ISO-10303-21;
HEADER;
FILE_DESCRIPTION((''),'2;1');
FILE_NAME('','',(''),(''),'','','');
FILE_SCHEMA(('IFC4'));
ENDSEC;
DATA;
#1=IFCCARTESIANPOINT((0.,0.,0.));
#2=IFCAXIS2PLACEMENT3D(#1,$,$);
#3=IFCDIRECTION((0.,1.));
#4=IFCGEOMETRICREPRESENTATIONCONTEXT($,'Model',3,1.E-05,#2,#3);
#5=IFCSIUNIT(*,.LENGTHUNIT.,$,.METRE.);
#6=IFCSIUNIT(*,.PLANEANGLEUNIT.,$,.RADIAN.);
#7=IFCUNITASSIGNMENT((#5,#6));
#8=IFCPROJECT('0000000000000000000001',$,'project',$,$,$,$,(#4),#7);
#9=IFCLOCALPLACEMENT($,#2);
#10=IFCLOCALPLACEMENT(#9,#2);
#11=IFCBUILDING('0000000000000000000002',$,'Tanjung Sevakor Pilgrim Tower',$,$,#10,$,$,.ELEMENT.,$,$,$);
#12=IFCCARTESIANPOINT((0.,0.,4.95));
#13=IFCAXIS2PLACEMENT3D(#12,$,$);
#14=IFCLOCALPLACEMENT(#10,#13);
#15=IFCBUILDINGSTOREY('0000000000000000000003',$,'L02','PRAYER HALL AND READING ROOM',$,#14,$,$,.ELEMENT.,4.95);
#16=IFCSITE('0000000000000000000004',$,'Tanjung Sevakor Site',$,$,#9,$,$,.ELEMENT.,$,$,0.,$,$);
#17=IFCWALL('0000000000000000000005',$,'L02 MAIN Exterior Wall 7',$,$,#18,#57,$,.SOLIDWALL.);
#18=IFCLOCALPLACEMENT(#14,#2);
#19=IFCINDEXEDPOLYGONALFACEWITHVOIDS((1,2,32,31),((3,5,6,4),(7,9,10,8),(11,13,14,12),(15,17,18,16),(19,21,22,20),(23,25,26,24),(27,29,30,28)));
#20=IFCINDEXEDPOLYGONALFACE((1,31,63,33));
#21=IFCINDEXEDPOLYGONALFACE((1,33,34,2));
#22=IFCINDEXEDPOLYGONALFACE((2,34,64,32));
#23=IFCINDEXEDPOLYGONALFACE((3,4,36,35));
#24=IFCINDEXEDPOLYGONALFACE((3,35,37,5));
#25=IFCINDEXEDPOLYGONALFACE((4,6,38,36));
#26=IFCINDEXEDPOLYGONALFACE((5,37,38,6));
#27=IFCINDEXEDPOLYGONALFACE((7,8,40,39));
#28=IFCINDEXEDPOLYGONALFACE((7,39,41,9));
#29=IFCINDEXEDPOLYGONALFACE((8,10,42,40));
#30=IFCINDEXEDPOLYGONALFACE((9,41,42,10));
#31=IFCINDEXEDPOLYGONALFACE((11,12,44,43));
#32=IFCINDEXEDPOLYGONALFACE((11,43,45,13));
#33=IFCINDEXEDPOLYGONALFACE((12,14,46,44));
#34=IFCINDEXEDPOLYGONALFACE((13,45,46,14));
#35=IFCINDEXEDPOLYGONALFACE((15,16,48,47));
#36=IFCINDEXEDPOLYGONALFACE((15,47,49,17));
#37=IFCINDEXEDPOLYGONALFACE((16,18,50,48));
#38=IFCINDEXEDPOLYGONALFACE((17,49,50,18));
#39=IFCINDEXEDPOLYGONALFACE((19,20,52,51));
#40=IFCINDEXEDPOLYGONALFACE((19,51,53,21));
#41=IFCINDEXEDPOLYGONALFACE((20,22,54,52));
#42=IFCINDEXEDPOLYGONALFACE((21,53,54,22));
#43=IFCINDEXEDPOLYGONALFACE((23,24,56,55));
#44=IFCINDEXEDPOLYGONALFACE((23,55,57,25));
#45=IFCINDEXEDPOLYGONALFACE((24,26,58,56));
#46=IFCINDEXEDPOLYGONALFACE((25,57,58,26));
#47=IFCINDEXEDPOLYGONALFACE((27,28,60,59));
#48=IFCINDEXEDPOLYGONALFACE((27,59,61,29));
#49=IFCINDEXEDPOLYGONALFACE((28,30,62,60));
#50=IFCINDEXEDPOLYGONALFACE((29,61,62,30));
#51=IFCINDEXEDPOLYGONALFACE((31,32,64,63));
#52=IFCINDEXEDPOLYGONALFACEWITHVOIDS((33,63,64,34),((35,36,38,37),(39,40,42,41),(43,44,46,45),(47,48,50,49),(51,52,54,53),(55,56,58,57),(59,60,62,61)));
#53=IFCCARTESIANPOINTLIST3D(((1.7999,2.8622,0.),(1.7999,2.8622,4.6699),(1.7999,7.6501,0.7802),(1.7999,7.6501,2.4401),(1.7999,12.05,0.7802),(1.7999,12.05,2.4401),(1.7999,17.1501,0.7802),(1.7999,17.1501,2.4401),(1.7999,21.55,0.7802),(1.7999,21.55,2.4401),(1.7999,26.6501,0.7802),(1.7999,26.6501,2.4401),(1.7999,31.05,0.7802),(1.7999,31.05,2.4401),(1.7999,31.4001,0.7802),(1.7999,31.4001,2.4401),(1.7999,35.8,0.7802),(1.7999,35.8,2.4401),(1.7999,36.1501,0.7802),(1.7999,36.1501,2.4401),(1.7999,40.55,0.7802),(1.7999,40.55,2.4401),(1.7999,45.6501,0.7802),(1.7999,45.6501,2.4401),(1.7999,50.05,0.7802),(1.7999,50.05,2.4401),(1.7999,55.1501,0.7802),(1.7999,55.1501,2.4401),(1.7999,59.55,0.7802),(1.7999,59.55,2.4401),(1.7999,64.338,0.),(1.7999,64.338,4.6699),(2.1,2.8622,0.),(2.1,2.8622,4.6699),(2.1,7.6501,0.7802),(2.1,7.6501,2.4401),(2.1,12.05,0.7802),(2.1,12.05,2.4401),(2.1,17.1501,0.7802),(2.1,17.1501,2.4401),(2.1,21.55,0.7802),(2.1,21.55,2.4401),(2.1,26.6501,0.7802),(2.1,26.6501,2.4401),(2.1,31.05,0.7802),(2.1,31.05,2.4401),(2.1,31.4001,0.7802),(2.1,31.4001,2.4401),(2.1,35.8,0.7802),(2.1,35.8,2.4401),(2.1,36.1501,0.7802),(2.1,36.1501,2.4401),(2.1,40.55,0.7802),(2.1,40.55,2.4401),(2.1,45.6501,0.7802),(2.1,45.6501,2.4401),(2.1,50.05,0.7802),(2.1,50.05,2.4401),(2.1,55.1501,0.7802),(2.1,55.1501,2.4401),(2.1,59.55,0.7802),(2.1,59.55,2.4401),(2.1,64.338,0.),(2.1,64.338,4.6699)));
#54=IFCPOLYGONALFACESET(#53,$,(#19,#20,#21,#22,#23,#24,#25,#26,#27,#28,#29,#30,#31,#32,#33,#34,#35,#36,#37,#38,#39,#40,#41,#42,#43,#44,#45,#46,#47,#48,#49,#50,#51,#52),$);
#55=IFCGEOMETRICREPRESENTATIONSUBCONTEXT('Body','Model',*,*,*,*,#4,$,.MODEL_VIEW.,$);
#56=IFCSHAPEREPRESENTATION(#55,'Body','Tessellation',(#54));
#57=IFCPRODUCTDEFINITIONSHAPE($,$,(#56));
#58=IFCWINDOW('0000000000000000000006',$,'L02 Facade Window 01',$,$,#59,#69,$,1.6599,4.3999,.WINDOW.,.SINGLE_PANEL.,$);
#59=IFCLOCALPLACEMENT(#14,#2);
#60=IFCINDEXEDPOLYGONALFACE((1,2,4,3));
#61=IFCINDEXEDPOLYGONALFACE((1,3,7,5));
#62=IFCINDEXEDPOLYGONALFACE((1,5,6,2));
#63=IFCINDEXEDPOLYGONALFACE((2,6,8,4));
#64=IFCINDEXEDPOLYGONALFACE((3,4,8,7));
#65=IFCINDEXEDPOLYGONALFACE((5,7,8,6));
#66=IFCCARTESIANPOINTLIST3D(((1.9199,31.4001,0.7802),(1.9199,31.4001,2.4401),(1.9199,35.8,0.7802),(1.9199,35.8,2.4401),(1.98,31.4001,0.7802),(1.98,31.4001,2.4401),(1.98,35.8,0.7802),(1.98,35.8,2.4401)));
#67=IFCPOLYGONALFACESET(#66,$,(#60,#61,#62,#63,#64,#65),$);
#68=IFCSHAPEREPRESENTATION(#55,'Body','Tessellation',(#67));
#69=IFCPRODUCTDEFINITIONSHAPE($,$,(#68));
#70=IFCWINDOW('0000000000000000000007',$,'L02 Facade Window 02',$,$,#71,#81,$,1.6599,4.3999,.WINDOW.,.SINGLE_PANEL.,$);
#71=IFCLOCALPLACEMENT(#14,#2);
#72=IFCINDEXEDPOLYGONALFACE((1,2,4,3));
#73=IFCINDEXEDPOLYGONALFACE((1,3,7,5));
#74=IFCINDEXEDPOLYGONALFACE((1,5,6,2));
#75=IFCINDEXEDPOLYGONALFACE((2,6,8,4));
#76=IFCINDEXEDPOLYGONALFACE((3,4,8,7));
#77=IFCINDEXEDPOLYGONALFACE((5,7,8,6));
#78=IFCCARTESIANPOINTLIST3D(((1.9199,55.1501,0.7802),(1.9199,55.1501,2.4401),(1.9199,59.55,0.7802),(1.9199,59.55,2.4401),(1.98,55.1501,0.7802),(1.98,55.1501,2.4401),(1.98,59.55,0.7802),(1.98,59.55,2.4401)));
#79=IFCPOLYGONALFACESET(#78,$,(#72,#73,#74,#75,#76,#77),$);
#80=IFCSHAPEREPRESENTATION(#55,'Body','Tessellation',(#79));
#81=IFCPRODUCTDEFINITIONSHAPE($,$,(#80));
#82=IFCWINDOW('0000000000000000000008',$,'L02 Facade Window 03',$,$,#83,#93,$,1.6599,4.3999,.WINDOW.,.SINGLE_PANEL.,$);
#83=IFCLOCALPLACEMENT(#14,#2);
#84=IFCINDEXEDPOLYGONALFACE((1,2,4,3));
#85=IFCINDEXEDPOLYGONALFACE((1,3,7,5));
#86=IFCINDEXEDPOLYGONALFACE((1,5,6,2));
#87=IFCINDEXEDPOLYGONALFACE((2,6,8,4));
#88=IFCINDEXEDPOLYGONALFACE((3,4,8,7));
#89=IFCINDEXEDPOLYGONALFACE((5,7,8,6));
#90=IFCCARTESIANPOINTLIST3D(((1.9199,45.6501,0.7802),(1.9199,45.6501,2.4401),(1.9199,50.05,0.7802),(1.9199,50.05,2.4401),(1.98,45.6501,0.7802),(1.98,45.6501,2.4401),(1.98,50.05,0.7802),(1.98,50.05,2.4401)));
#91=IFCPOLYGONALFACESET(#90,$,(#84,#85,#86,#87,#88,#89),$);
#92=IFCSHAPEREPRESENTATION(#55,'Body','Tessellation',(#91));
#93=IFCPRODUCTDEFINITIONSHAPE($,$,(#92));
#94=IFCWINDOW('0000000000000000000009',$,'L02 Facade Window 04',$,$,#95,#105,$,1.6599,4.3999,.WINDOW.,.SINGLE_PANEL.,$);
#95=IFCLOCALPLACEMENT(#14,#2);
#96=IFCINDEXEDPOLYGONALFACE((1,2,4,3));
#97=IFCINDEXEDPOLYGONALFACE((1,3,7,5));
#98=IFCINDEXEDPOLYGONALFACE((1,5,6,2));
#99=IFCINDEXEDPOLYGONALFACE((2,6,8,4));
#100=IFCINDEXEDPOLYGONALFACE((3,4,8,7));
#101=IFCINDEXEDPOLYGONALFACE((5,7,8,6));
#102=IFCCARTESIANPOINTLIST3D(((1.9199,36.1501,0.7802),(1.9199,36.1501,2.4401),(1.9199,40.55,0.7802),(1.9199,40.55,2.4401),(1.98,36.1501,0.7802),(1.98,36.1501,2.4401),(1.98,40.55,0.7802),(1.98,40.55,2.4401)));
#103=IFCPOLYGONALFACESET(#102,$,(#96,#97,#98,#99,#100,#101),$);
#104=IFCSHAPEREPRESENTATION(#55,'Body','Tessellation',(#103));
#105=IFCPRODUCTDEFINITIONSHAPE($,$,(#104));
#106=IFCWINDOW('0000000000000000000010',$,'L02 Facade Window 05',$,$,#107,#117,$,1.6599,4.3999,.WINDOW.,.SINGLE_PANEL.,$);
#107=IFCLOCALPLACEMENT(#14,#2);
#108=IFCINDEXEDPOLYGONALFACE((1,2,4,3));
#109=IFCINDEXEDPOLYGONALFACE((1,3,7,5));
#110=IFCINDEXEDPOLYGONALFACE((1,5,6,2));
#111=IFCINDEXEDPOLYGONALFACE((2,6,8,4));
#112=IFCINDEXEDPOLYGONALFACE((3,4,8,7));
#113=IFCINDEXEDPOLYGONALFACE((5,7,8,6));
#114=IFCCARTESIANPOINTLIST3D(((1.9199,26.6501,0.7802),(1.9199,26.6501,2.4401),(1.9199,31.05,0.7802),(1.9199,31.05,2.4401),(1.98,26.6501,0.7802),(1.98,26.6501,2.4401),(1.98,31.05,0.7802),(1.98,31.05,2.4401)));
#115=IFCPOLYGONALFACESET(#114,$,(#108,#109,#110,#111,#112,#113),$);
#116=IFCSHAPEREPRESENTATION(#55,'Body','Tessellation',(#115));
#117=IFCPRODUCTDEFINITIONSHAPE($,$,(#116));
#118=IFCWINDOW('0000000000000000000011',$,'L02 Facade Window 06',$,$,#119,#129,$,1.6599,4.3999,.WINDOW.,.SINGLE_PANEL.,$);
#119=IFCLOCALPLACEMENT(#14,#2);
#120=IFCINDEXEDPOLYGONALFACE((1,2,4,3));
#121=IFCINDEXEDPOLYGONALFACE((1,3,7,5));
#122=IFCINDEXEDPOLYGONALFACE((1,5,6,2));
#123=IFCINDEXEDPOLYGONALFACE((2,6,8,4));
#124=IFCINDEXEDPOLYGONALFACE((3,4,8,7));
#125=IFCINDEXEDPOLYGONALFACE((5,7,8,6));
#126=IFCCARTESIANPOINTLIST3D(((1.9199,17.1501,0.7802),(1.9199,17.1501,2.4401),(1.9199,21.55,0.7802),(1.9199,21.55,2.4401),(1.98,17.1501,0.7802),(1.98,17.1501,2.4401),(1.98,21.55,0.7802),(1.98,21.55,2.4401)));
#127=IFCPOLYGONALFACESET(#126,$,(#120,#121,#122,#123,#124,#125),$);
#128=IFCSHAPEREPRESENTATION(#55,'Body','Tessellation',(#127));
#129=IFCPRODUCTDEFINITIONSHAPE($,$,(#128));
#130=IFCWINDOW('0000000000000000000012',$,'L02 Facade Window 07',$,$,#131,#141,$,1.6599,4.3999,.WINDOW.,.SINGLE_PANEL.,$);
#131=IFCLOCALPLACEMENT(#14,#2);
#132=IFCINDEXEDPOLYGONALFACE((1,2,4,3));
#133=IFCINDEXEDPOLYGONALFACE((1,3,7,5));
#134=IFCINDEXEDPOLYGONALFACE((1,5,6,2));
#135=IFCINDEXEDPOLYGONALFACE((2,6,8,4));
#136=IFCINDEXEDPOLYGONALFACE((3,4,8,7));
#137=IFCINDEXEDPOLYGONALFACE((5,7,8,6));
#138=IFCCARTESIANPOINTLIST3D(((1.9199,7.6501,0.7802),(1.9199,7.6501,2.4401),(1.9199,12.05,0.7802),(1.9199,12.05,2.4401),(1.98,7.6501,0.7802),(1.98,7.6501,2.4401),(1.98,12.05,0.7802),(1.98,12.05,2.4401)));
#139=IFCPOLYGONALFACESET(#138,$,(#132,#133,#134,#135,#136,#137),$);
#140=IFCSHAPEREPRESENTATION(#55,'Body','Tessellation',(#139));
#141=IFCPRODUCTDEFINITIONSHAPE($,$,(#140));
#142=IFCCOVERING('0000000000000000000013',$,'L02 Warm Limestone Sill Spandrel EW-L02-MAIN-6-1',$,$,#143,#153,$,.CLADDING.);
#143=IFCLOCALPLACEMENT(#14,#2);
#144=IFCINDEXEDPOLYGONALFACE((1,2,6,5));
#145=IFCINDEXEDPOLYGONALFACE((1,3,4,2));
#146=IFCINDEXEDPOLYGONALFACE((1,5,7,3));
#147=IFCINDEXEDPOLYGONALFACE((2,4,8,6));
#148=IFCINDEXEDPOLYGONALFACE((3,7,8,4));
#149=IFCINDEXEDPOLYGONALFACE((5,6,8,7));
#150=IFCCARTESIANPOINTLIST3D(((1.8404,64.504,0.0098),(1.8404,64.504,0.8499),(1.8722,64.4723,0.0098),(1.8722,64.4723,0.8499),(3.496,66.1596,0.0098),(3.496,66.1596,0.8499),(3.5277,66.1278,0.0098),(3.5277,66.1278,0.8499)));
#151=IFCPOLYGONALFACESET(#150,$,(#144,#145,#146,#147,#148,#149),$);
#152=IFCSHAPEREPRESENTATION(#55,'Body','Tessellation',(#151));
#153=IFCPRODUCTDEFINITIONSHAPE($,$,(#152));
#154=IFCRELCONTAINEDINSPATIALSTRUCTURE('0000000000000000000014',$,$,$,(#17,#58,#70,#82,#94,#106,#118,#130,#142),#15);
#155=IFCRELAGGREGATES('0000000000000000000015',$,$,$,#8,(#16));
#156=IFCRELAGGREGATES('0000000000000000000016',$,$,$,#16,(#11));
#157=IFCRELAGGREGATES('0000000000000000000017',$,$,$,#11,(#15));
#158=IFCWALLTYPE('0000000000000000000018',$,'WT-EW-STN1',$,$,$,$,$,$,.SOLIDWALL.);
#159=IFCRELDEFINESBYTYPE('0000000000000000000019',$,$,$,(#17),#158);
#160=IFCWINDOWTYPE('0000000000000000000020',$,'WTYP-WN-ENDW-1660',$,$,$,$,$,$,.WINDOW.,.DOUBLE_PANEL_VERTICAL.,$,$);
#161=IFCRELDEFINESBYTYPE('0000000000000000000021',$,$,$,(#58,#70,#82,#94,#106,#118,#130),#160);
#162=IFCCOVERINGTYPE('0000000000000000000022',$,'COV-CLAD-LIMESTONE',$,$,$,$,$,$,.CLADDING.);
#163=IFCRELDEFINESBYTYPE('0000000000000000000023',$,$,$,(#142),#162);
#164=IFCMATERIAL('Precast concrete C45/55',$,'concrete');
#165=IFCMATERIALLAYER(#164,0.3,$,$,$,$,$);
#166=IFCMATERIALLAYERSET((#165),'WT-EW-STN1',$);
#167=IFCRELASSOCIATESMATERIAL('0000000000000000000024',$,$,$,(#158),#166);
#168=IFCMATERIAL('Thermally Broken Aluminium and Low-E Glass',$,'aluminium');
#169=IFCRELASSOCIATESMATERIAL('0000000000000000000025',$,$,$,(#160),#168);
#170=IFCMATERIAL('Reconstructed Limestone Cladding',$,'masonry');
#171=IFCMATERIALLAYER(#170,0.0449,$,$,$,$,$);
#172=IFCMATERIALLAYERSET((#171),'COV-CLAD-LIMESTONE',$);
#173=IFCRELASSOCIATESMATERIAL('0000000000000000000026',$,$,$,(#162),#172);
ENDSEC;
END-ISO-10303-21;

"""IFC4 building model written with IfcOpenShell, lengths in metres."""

from ifc_helpers import new_model, si_unit, direction, frame, frame_2d, origin, origin_2d, place, context, subcontext, project, spatial, rectangle, extrude, material, layer, layer_set, type_object, element, fill, save


model = new_model("IFC4")

# Units and contexts
model_context = context("Model", 3, precision=1e-05, world=origin(), true_north=direction((0.0, 1.0)))
body_context = subcontext(model_context, "Body", "Model", "MODEL_VIEW")
ifc_project = project(units=[si_unit("LENGTHUNIT", "METRE"), si_unit("PLANEANGLEUNIT", "RADIAN")], contexts=[model_context])

# Site, building, storey
site_placement = place(None, origin())
site = spatial("IfcSite", under=ifc_project, at=site_placement, Name="Tanjung Sevakor Site", CompositionType="ELEMENT", RefElevation=0.0)
building_placement = place(site_placement, origin())
building = spatial("IfcBuilding", under=site, at=building_placement, Name="Tanjung Sevakor Pilgrim Tower", CompositionType="ELEMENT")
storey_placement = place(building_placement, frame((0.0, 0.0, 4.95)))
storey = spatial("IfcBuildingStorey", under=building, at=storey_placement, Name="L02", Description="PRAYER HALL AND READING ROOM", CompositionType="ELEMENT", Elevation=4.95)

# Shared definitions
ifc_material_1 = material(Name="Precast concrete C45/55", Category="concrete")
ifc_layer_1 = layer(ifc_material_1, 0.3)
ifc_layer_set_1 = layer_set([ifc_layer_1], Name="WT-EW-STN1")
wall_type_1 = type_object("IfcWallType", Name="WT-EW-STN1", PredefinedType="SOLIDWALL", material=ifc_layer_set_1)

# Wall, openings, windows
wall_1_placement = place(storey_placement, frame((1.95, 64.3379, 0.0), z_axis=(0.0, 0.0, 1.0), x_axis=(0.0, -1.0, 0.0)))
wall_1 = element("IfcWall", 1, at=wall_1_placement, inside=storey, type_object=wall_type_1, Name="L02 MAIN Exterior Wall 7", PredefinedType="SOLIDWALL", context=body_context, shape_type="SweptSolid", body=[
    extrude(rectangle(XDim=61.4758, YDim=0.3, at=frame_2d((30.7378, 0.0))), origin(), (0.0, 0.0, 1.0), 4.6699),
])
opening_1_placement = place(wall_1_placement, frame((28.5378, 0.0, 0.78)))
opening_1 = element("IfcOpeningElement", 2, at=opening_1_placement, cuts=wall_1, PredefinedType="OPENING", context=body_context, shape_type="SweptSolid", body=[
    extrude(rectangle(XDim=4.3999, YDim=1.6599, at=frame_2d((2.2, 0.8301))), frame((0.0, 0.1599, 0.0), z_axis=(0.0, -1.0, 0.0), x_axis=(1.0, 0.0, 0.0)), (0.0, 0.0, 1.0), 0.3201),
])
opening_2_placement = place(wall_1_placement, frame((4.7878, 0.0, 0.78)))
opening_2 = element("IfcOpeningElement", 3, at=opening_2_placement, cuts=wall_1, PredefinedType="OPENING", context=body_context, shape_type="SweptSolid", body=[
    extrude(rectangle(XDim=4.3999, YDim=1.6599, at=frame_2d((2.2, 0.8301))), frame((0.0, 0.1599, 0.0), z_axis=(0.0, -1.0, 0.0), x_axis=(1.0, 0.0, 0.0)), (0.0, 0.0, 1.0), 0.3201),
])
opening_3_placement = place(wall_1_placement, frame((14.2878, 0.0, 0.78)))
opening_3 = element("IfcOpeningElement", 4, at=opening_3_placement, cuts=wall_1, PredefinedType="OPENING", context=body_context, shape_type="SweptSolid", body=[
    extrude(rectangle(XDim=4.3999, YDim=1.6599, at=frame_2d((2.2, 0.8301))), frame((0.0, 0.1599, 0.0), z_axis=(0.0, -1.0, 0.0), x_axis=(1.0, 0.0, 0.0)), (0.0, 0.0, 1.0), 0.3201),
])
opening_4_placement = place(wall_1_placement, frame((23.7878, 0.0, 0.78)))
opening_4 = element("IfcOpeningElement", 5, at=opening_4_placement, cuts=wall_1, PredefinedType="OPENING", context=body_context, shape_type="SweptSolid", body=[
    extrude(rectangle(XDim=4.3999, YDim=1.6599, at=frame_2d((2.2, 0.8301))), frame((0.0, 0.1599, 0.0), z_axis=(0.0, -1.0, 0.0), x_axis=(1.0, 0.0, 0.0)), (0.0, 0.0, 1.0), 0.3201),
])
opening_5_placement = place(wall_1_placement, frame((33.2878, 0.0, 0.78)))
opening_5 = element("IfcOpeningElement", 6, at=opening_5_placement, cuts=wall_1, PredefinedType="OPENING", context=body_context, shape_type="SweptSolid", body=[
    extrude(rectangle(XDim=4.3999, YDim=1.6599, at=frame_2d((2.2, 0.8301))), frame((0.0, 0.1599, 0.0), z_axis=(0.0, -1.0, 0.0), x_axis=(1.0, 0.0, 0.0)), (0.0, 0.0, 1.0), 0.3201),
])
opening_6_placement = place(wall_1_placement, frame((42.7878, 0.0, 0.78)))
opening_6 = element("IfcOpeningElement", 7, at=opening_6_placement, cuts=wall_1, PredefinedType="OPENING", context=body_context, shape_type="SweptSolid", body=[
    extrude(rectangle(XDim=4.3999, YDim=1.6599, at=frame_2d((2.2, 0.8301))), frame((0.0, 0.1599, 0.0), z_axis=(0.0, -1.0, 0.0), x_axis=(1.0, 0.0, 0.0)), (0.0, 0.0, 1.0), 0.3201),
])
opening_7_placement = place(wall_1_placement, frame((52.2878, 0.0, 0.78)))
opening_7 = element("IfcOpeningElement", 8, at=opening_7_placement, cuts=wall_1, PredefinedType="OPENING", context=body_context, shape_type="SweptSolid", body=[
    extrude(rectangle(XDim=4.3999, YDim=1.6599, at=frame_2d((2.2, 0.8301))), frame((0.0, 0.1599, 0.0), z_axis=(0.0, -1.0, 0.0), x_axis=(1.0, 0.0, 0.0)), (0.0, 0.0, 1.0), 0.3201),
])
ifc_material_2 = material(Name="Thermally Broken Aluminium and Low-E Glass", Category="aluminium")
window_type_1 = type_object("IfcWindowType", Name="WTYP-WN-ENDW-1660", PartitioningType="DOUBLE_PANEL_VERTICAL", PredefinedType="WINDOW", material=ifc_material_2)
window_1_placement = place(opening_1_placement, origin())
window_1 = element("IfcWindow", 9, at=window_1_placement, inside=storey, type_object=window_type_1, Name="L02 Facade Window 01", OverallHeight=1.6599, OverallWidth=4.3999, PartitioningType="SINGLE_PANEL", PredefinedType="WINDOW", context=body_context, shape_type="SweptSolid", body=[
    extrude(rectangle(XDim=4.3999, YDim=1.6599, at=frame_2d((2.2, 0.8301))), frame((0.0, 0.03, 0.0), z_axis=(0.0, -1.0, 0.0), x_axis=(1.0, 0.0, 0.0)), (0.0, 0.0, 1.0), 0.0601),
])
fill(opening_1, window_1)
window_2_placement = place(opening_2_placement, origin())
window_2 = element("IfcWindow", 10, at=window_2_placement, inside=storey, type_object=window_type_1, Name="L02 Facade Window 02", OverallHeight=1.6599, OverallWidth=4.3999, PartitioningType="SINGLE_PANEL", PredefinedType="WINDOW", context=body_context, shape_type="SweptSolid", body=[
    extrude(rectangle(XDim=4.3999, YDim=1.6599, at=frame_2d((2.2, 0.8301))), frame((0.0, 0.03, 0.0), z_axis=(0.0, -1.0, 0.0), x_axis=(1.0, 0.0, 0.0)), (0.0, 0.0, 1.0), 0.0601),
])
fill(opening_2, window_2)
window_3_placement = place(opening_3_placement, origin())
window_3 = element("IfcWindow", 11, at=window_3_placement, inside=storey, type_object=window_type_1, Name="L02 Facade Window 03", OverallHeight=1.6599, OverallWidth=4.3999, PartitioningType="SINGLE_PANEL", PredefinedType="WINDOW", context=body_context, shape_type="SweptSolid", body=[
    extrude(rectangle(XDim=4.3999, YDim=1.6599, at=frame_2d((2.2, 0.8301))), frame((0.0, 0.03, 0.0), z_axis=(0.0, -1.0, 0.0), x_axis=(1.0, 0.0, 0.0)), (0.0, 0.0, 1.0), 0.0601),
])
fill(opening_3, window_3)
window_4_placement = place(opening_4_placement, origin())
window_4 = element("IfcWindow", 12, at=window_4_placement, inside=storey, type_object=window_type_1, Name="L02 Facade Window 04", OverallHeight=1.6599, OverallWidth=4.3999, PartitioningType="SINGLE_PANEL", PredefinedType="WINDOW", context=body_context, shape_type="SweptSolid", body=[
    extrude(rectangle(XDim=4.3999, YDim=1.6599, at=frame_2d((2.2, 0.8301))), frame((0.0, 0.03, 0.0), z_axis=(0.0, -1.0, 0.0), x_axis=(1.0, 0.0, 0.0)), (0.0, 0.0, 1.0), 0.0601),
])
fill(opening_4, window_4)
window_5_placement = place(opening_5_placement, origin())
window_5 = element("IfcWindow", 13, at=window_5_placement, inside=storey, type_object=window_type_1, Name="L02 Facade Window 05", OverallHeight=1.6599, OverallWidth=4.3999, PartitioningType="SINGLE_PANEL", PredefinedType="WINDOW", context=body_context, shape_type="SweptSolid", body=[
    extrude(rectangle(XDim=4.3999, YDim=1.6599, at=frame_2d((2.2, 0.8301))), frame((0.0, 0.03, 0.0), z_axis=(0.0, -1.0, 0.0), x_axis=(1.0, 0.0, 0.0)), (0.0, 0.0, 1.0), 0.0601),
])
fill(opening_5, window_5)
window_6_placement = place(opening_6_placement, origin())
window_6 = element("IfcWindow", 14, at=window_6_placement, inside=storey, type_object=window_type_1, Name="L02 Facade Window 06", OverallHeight=1.6599, OverallWidth=4.3999, PartitioningType="SINGLE_PANEL", PredefinedType="WINDOW", context=body_context, shape_type="SweptSolid", body=[
    extrude(rectangle(XDim=4.3999, YDim=1.6599, at=frame_2d((2.2, 0.8301))), frame((0.0, 0.03, 0.0), z_axis=(0.0, -1.0, 0.0), x_axis=(1.0, 0.0, 0.0)), (0.0, 0.0, 1.0), 0.0601),
])
fill(opening_6, window_6)
window_7_placement = place(opening_7_placement, origin())
window_7 = element("IfcWindow", 15, at=window_7_placement, inside=storey, type_object=window_type_1, Name="L02 Facade Window 07", OverallHeight=1.6599, OverallWidth=4.3999, PartitioningType="SINGLE_PANEL", PredefinedType="WINDOW", context=body_context, shape_type="SweptSolid", body=[
    extrude(rectangle(XDim=4.3999, YDim=1.6599, at=frame_2d((2.2, 0.8301))), frame((0.0, 0.03, 0.0), z_axis=(0.0, -1.0, 0.0), x_axis=(1.0, 0.0, 0.0)), (0.0, 0.0, 1.0), 0.0601),
])
fill(opening_7, window_7)

# Covering
ifc_material_3 = material(Name="Reconstructed Limestone Cladding", Category="masonry")
ifc_layer_2 = layer(ifc_material_3, 0.0449)
ifc_layer_set_2 = layer_set([ifc_layer_2], Name="COV-CLAD-LIMESTONE")
covering_type = type_object("IfcCoveringType", Name="COV-CLAD-LIMESTONE", PredefinedType="CLADDING", material=ifc_layer_set_2)
covering_1_placement = place(storey_placement, frame((2.6841, 65.3159, 0.0098), z_axis=(0.0, 0.0, 1.0), x_axis=(-0.707107, -0.707107, 0.0)))
element("IfcCovering", 16, at=covering_1_placement, inside=storey, type_object=covering_type, Name="L02 Warm Limestone Sill Spandrel EW-L02-MAIN-6-1", PredefinedType="CLADDING", context=body_context, shape_type="SweptSolid", body=[
    extrude(rectangle(XDim=2.3413, YDim=0.0449, at=origin_2d()), origin(), (0.0, 0.0, 1.0), 0.8401),
])

save(model, "model.ifc")
